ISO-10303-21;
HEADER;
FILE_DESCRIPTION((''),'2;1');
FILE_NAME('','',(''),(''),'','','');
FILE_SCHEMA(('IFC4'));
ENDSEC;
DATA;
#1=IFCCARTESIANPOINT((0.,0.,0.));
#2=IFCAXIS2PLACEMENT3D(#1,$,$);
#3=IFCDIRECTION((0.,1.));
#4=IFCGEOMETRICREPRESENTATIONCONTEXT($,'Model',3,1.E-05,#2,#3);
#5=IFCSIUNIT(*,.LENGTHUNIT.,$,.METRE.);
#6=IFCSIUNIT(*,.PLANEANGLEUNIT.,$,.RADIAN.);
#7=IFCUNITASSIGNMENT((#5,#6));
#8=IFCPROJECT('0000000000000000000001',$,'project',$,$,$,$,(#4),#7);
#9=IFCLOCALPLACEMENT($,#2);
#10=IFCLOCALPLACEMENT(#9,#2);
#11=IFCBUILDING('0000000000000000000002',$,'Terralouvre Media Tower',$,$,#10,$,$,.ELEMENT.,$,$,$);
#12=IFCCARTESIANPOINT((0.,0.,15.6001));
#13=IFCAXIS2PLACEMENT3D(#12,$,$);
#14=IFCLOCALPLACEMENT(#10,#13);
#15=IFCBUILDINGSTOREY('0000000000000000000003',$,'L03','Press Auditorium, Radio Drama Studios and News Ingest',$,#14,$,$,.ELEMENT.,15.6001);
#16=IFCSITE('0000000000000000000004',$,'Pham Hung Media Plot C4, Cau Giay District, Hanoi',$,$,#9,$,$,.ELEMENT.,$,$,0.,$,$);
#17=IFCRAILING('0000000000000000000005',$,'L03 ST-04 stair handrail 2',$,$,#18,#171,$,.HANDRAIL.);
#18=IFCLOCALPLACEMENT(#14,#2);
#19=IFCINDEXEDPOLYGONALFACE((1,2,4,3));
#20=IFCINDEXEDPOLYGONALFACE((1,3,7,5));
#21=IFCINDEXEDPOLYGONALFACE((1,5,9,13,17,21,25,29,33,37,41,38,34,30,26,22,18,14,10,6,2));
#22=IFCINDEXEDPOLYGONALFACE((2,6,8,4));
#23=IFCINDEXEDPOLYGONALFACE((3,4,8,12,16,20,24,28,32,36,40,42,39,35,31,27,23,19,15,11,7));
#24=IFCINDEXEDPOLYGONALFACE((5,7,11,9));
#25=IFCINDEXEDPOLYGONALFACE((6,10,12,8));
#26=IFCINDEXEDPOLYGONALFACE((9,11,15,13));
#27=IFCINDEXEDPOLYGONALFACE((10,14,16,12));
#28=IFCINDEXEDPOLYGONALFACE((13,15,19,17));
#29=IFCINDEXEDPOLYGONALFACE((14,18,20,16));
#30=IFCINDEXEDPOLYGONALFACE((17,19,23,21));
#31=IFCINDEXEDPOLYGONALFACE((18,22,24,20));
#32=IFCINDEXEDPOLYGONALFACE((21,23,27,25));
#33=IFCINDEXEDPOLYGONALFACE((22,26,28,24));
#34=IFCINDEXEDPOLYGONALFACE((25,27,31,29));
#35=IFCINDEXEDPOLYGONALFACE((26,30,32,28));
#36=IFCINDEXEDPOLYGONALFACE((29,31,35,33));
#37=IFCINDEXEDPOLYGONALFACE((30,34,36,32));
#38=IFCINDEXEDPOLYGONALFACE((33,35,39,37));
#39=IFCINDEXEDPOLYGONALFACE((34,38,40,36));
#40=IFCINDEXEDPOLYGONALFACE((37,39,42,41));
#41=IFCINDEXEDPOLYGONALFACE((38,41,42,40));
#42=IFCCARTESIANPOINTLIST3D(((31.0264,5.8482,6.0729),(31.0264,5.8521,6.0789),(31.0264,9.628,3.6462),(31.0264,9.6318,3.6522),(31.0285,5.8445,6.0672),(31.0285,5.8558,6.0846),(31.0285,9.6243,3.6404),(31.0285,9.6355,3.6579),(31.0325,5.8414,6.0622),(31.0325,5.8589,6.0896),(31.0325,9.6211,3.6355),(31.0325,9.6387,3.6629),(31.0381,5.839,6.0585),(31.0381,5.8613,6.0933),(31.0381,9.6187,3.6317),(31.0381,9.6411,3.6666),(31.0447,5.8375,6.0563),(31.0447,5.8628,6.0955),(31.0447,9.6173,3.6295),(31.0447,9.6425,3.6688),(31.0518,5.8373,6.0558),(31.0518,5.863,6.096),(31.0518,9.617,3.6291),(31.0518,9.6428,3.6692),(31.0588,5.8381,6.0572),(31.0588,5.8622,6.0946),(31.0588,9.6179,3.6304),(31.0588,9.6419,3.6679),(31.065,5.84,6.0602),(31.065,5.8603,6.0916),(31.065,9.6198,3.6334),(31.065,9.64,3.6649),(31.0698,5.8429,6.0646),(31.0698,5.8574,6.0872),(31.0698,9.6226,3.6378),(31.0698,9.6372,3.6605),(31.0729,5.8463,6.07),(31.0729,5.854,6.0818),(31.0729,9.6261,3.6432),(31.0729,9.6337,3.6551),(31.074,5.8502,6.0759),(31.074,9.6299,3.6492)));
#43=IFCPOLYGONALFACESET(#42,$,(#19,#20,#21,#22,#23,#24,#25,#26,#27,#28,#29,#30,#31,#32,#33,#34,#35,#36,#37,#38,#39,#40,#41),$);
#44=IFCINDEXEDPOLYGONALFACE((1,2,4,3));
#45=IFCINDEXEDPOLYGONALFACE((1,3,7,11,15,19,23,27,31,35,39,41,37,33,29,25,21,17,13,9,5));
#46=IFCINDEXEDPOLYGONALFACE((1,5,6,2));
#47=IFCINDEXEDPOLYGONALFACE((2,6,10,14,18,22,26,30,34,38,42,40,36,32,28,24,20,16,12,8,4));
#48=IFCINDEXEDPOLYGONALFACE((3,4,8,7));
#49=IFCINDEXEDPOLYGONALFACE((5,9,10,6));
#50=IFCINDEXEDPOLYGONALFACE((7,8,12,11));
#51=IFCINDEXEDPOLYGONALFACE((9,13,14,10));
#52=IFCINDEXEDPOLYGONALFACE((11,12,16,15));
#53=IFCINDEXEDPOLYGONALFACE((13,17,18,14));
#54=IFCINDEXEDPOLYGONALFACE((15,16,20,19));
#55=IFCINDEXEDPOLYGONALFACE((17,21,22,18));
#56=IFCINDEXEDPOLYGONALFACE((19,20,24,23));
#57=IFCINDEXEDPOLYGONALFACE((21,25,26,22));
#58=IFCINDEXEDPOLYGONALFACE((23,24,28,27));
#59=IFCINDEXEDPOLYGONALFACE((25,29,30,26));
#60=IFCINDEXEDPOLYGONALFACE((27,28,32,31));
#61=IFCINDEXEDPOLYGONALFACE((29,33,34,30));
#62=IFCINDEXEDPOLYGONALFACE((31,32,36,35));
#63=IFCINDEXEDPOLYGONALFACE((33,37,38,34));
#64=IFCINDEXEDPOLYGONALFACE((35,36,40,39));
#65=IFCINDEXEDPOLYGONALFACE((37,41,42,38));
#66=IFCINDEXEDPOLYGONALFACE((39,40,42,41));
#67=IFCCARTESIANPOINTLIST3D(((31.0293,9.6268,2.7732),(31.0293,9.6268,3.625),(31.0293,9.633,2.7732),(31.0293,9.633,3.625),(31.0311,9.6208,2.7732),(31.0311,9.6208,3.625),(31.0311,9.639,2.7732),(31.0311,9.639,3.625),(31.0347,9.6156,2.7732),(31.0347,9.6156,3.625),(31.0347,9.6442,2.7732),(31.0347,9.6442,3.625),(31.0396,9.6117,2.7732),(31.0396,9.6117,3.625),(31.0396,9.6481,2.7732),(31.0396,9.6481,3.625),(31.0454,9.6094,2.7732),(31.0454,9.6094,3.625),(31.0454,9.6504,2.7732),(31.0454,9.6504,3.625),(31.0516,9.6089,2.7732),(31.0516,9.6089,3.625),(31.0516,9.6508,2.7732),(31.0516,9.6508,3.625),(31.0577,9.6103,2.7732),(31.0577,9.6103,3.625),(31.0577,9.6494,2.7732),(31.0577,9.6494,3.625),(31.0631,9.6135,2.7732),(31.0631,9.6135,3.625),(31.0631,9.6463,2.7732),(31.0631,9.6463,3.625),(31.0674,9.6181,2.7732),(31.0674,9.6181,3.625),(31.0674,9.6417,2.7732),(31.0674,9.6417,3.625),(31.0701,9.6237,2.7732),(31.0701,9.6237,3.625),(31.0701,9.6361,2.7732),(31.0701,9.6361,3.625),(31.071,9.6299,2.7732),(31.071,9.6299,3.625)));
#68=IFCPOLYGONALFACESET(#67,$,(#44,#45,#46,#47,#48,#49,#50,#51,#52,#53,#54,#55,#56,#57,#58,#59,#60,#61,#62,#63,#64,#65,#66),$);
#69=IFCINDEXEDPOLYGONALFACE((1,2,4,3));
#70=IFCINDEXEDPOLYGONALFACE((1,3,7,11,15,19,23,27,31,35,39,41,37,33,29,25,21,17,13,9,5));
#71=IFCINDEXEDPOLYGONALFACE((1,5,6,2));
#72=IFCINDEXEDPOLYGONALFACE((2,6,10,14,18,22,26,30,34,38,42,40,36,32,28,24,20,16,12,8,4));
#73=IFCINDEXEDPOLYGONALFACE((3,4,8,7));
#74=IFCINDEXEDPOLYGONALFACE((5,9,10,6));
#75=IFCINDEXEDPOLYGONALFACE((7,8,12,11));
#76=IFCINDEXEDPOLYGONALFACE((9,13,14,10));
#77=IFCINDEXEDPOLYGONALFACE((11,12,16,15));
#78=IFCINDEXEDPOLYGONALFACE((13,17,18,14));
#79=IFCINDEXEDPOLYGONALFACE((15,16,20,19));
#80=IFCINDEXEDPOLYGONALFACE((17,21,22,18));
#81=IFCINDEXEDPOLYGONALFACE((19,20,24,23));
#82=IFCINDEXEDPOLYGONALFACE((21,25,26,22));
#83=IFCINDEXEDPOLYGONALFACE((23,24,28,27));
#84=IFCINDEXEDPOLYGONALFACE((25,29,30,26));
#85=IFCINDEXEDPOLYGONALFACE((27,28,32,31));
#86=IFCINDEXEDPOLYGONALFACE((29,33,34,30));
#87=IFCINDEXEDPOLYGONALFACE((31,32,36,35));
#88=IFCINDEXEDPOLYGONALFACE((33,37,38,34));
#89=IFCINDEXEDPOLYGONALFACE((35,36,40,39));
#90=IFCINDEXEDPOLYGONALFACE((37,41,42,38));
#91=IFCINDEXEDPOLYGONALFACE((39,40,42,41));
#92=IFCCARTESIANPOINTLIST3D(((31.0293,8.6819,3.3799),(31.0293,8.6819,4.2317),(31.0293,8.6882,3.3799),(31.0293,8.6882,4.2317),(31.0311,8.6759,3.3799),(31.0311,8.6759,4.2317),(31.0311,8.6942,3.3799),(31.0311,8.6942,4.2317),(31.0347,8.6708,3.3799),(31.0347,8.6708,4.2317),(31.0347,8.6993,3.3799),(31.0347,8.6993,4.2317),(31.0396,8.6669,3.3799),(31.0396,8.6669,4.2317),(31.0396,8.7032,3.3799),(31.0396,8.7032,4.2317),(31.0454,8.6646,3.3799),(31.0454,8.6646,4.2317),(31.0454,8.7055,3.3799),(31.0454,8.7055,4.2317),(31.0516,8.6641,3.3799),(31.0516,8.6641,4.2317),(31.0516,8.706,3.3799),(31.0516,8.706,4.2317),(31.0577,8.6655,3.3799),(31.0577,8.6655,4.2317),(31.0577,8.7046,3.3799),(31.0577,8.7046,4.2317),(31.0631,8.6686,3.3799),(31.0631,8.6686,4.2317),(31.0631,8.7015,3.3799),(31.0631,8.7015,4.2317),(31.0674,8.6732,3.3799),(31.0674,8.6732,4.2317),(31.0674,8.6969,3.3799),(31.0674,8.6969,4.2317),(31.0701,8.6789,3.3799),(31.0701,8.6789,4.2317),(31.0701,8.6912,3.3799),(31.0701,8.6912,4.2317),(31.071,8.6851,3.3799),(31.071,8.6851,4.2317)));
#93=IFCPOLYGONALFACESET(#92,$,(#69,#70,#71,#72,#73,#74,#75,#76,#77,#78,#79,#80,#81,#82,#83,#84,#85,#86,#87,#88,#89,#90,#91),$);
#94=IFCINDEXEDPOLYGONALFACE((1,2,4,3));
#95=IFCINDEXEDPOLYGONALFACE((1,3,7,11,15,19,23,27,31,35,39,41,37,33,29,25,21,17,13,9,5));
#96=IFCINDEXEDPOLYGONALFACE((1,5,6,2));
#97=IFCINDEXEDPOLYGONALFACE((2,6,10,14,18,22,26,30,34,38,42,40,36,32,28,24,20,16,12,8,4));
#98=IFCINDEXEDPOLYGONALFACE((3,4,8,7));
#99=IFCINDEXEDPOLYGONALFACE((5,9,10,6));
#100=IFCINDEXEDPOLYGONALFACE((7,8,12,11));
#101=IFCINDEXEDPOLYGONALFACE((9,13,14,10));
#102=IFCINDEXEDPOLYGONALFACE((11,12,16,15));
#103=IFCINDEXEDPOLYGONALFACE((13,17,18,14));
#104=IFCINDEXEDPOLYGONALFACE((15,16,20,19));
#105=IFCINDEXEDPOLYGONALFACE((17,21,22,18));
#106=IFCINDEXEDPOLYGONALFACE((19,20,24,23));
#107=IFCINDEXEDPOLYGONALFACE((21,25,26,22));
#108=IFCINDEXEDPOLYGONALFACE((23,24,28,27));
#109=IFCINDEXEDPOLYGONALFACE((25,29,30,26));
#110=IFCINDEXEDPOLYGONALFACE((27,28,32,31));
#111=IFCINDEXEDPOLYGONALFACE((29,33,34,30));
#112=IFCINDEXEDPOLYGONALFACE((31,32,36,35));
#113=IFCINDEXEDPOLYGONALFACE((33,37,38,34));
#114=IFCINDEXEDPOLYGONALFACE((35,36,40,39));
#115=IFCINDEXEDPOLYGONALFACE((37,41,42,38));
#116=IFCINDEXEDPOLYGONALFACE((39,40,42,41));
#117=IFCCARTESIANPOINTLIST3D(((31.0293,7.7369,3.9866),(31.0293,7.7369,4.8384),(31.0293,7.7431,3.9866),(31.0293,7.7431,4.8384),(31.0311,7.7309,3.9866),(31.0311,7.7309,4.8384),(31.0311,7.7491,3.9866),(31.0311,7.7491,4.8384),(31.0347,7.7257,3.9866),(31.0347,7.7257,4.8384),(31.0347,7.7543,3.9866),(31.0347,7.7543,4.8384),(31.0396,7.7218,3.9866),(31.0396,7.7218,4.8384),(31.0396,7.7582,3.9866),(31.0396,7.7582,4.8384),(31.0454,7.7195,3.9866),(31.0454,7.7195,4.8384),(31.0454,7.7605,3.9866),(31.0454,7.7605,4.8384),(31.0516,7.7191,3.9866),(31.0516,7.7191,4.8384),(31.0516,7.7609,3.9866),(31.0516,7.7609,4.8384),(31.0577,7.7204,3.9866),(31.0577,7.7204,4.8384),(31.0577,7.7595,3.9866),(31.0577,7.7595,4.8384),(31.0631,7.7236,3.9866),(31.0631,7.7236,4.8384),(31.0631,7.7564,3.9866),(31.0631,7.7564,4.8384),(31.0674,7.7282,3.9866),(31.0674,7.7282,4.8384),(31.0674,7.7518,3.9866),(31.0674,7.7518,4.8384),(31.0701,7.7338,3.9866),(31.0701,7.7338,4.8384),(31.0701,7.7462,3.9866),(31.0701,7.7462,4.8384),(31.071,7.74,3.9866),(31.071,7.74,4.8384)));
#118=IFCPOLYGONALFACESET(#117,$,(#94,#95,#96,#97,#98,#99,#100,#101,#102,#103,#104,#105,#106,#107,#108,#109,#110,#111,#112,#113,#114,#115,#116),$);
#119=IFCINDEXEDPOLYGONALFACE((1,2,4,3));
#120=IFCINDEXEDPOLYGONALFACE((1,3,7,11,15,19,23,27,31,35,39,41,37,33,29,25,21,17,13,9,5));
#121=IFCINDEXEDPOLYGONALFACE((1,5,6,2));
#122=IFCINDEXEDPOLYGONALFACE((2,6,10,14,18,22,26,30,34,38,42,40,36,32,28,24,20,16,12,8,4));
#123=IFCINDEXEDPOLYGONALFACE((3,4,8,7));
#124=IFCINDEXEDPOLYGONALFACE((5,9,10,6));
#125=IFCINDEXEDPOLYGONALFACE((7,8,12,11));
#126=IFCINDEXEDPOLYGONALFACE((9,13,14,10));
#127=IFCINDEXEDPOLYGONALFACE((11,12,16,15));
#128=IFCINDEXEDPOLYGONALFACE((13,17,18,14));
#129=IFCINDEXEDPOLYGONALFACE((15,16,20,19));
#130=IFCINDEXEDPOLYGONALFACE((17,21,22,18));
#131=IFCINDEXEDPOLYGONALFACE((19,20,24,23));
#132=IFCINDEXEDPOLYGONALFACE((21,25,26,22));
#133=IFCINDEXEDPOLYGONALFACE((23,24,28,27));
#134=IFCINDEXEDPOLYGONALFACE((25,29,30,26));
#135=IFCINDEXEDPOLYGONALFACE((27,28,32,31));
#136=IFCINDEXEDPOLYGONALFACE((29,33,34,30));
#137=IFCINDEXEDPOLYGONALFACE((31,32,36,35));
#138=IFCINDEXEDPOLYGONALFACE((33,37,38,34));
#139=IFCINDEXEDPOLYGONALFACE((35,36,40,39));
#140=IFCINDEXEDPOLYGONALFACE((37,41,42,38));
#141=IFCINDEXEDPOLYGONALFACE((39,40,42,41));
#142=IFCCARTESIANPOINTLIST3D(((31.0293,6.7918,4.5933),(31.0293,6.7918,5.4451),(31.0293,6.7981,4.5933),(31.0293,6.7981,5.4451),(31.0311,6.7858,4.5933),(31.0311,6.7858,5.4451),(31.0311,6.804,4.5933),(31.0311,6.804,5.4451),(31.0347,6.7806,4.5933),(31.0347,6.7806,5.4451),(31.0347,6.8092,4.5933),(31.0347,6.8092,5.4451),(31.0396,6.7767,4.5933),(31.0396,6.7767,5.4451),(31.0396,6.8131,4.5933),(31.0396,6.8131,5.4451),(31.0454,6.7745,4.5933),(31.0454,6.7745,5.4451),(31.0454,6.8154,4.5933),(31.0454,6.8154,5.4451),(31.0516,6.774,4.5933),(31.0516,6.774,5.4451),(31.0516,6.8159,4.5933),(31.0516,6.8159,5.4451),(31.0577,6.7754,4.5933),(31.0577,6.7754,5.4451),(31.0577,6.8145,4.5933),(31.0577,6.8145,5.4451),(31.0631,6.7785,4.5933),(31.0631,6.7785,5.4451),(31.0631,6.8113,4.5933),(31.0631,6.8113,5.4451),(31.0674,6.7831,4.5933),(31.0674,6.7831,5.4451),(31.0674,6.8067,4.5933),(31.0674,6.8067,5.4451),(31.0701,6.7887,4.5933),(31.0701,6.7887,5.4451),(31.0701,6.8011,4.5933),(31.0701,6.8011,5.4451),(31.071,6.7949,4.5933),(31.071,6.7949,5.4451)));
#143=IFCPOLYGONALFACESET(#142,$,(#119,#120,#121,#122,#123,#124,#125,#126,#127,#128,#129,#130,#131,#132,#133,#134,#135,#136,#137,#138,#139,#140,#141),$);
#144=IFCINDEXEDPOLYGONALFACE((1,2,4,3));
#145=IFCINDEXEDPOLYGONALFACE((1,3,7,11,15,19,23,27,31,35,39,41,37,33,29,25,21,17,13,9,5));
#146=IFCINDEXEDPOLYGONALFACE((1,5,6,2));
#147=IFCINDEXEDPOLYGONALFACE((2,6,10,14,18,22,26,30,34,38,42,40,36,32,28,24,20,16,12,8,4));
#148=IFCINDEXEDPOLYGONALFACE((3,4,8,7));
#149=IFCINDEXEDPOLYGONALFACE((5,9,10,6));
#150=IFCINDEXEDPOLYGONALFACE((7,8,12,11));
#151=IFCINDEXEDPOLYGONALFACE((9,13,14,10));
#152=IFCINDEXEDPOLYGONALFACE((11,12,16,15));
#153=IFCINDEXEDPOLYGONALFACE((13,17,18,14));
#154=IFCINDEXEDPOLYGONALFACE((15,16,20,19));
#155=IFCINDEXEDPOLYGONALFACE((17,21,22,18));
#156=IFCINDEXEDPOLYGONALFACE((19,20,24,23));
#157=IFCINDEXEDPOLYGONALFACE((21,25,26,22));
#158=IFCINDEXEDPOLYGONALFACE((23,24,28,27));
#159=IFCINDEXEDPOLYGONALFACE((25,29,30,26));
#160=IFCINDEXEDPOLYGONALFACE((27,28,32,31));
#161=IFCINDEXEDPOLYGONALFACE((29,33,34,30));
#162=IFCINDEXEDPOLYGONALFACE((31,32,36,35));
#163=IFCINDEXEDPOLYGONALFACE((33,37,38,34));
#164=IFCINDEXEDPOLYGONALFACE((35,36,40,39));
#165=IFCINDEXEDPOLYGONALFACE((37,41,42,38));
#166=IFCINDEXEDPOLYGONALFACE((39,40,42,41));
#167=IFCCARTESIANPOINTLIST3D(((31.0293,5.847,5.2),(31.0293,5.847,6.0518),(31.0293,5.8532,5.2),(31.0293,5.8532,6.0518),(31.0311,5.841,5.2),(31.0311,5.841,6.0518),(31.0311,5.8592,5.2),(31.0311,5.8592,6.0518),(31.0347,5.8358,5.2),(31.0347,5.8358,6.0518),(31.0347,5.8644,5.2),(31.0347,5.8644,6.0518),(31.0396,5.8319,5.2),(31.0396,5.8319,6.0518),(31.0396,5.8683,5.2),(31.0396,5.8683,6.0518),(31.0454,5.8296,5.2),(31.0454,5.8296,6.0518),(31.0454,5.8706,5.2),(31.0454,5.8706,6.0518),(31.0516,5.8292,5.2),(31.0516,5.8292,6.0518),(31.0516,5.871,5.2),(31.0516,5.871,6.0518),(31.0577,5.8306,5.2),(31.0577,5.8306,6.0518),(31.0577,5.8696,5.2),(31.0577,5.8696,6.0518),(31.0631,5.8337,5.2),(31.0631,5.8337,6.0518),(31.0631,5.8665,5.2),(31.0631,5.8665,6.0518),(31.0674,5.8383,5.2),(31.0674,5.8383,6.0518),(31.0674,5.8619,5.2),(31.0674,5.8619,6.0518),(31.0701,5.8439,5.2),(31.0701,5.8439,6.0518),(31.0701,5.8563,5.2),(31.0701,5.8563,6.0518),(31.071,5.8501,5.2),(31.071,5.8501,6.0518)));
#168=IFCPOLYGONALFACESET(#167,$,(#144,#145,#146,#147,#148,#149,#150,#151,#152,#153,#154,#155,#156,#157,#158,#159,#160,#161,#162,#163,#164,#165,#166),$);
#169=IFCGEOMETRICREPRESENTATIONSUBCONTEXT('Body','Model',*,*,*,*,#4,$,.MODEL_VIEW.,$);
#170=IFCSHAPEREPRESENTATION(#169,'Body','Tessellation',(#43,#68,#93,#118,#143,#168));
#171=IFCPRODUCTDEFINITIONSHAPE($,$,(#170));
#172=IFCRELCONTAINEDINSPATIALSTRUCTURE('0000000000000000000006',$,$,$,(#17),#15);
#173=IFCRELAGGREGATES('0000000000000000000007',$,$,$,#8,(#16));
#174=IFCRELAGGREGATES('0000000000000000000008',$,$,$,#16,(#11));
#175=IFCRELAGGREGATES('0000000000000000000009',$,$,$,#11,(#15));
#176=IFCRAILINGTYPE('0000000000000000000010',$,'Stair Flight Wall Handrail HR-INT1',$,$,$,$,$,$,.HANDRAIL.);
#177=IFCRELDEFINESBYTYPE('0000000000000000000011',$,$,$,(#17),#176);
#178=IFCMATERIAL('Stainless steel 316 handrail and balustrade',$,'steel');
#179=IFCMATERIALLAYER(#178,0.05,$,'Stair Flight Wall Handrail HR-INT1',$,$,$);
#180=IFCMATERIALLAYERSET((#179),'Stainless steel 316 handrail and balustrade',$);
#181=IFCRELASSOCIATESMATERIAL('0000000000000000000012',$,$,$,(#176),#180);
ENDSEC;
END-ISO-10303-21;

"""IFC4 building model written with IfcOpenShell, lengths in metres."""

from ifc_helpers import new_model, si_unit, direction, frame, origin, origin_2d, place, context, subcontext, project, spatial, circle, extrude, material, layer, layer_set, type_object, element, save


model = new_model("IFC4")

# Units and contexts
model_context = context("Model", 3, precision=1e-05, world=origin(), true_north=direction((0.0, 1.0)))
body_context = subcontext(model_context, "Body", "Model", "MODEL_VIEW")
ifc_project = project(units=[si_unit("LENGTHUNIT", "METRE"), si_unit("PLANEANGLEUNIT", "RADIAN")], contexts=[model_context])

# Site, building, storey
site_placement = place(None, origin())
site = spatial("IfcSite", under=ifc_project, at=site_placement, Name="Pham Hung Media Plot C4, Cau Giay District, Hanoi", CompositionType="ELEMENT", RefElevation=0.0)
building_placement = place(site_placement, origin())
building = spatial("IfcBuilding", under=site, at=building_placement, Name="Terralouvre Media Tower", CompositionType="ELEMENT")
storey_placement = place(building_placement, frame((0.0, 0.0, 15.6001)))
storey = spatial("IfcBuildingStorey", under=building, at=storey_placement, Name="L03", Description="Press Auditorium, Radio Drama Studios and News Ingest", CompositionType="ELEMENT", Elevation=15.6001)

# Railing
ifc_material_1 = material(Name="Stainless steel 316 handrail and balustrade", Category="steel")
ifc_layer_1 = layer(ifc_material_1, 0.05, Name="Stair Flight Wall Handrail HR-INT1")
ifc_layer_set_1 = layer_set([ifc_layer_1], Name="Stainless steel 316 handrail and balustrade")
railing_type_1 = type_object("IfcRailingType", Name="Stair Flight Wall Handrail HR-INT1", PredefinedType="HANDRAIL", material=ifc_layer_set_1)
railing_1_placement = place(storey_placement, frame((31.05, 9.6299, 2.7732)))
element("IfcRailing", 1, at=railing_1_placement, inside=storey, type_object=railing_type_1, Name="L03 ST-04 stair handrail 2", PredefinedType="HANDRAIL", context=body_context, shape_type="SweptSolid", body=[
    extrude(circle(Radius=0.0239, at=origin_2d()), frame((0.0, 0.0, 0.876), z_axis=(0.0, -0.841493, 0.540269), x_axis=(1.0, 0.0, 0.0)), (0.0, 0.0, 1.0), 4.4917),
    extrude(circle(Radius=0.021, at=origin_2d()), origin(), (0.0, 0.0, 1.0), 0.8518),
    extrude(circle(Radius=0.021, at=origin_2d()), frame((0.0, -0.9448, 0.6067)), (0.0, 0.0, 1.0), 0.8518),
    extrude(circle(Radius=0.021, at=origin_2d()), frame((0.0, -1.8899, 1.2134)), (0.0, 0.0, 1.0), 0.8518),
    extrude(circle(Radius=0.021, at=origin_2d()), frame((0.0, -2.835, 1.8201)), (0.0, 0.0, 1.0), 0.8518),
    extrude(circle(Radius=0.021, at=origin_2d()), frame((0.0, -3.7798, 2.4268)), (0.0, 0.0, 1.0), 0.8518),
])

save(model, "model.ifc")
